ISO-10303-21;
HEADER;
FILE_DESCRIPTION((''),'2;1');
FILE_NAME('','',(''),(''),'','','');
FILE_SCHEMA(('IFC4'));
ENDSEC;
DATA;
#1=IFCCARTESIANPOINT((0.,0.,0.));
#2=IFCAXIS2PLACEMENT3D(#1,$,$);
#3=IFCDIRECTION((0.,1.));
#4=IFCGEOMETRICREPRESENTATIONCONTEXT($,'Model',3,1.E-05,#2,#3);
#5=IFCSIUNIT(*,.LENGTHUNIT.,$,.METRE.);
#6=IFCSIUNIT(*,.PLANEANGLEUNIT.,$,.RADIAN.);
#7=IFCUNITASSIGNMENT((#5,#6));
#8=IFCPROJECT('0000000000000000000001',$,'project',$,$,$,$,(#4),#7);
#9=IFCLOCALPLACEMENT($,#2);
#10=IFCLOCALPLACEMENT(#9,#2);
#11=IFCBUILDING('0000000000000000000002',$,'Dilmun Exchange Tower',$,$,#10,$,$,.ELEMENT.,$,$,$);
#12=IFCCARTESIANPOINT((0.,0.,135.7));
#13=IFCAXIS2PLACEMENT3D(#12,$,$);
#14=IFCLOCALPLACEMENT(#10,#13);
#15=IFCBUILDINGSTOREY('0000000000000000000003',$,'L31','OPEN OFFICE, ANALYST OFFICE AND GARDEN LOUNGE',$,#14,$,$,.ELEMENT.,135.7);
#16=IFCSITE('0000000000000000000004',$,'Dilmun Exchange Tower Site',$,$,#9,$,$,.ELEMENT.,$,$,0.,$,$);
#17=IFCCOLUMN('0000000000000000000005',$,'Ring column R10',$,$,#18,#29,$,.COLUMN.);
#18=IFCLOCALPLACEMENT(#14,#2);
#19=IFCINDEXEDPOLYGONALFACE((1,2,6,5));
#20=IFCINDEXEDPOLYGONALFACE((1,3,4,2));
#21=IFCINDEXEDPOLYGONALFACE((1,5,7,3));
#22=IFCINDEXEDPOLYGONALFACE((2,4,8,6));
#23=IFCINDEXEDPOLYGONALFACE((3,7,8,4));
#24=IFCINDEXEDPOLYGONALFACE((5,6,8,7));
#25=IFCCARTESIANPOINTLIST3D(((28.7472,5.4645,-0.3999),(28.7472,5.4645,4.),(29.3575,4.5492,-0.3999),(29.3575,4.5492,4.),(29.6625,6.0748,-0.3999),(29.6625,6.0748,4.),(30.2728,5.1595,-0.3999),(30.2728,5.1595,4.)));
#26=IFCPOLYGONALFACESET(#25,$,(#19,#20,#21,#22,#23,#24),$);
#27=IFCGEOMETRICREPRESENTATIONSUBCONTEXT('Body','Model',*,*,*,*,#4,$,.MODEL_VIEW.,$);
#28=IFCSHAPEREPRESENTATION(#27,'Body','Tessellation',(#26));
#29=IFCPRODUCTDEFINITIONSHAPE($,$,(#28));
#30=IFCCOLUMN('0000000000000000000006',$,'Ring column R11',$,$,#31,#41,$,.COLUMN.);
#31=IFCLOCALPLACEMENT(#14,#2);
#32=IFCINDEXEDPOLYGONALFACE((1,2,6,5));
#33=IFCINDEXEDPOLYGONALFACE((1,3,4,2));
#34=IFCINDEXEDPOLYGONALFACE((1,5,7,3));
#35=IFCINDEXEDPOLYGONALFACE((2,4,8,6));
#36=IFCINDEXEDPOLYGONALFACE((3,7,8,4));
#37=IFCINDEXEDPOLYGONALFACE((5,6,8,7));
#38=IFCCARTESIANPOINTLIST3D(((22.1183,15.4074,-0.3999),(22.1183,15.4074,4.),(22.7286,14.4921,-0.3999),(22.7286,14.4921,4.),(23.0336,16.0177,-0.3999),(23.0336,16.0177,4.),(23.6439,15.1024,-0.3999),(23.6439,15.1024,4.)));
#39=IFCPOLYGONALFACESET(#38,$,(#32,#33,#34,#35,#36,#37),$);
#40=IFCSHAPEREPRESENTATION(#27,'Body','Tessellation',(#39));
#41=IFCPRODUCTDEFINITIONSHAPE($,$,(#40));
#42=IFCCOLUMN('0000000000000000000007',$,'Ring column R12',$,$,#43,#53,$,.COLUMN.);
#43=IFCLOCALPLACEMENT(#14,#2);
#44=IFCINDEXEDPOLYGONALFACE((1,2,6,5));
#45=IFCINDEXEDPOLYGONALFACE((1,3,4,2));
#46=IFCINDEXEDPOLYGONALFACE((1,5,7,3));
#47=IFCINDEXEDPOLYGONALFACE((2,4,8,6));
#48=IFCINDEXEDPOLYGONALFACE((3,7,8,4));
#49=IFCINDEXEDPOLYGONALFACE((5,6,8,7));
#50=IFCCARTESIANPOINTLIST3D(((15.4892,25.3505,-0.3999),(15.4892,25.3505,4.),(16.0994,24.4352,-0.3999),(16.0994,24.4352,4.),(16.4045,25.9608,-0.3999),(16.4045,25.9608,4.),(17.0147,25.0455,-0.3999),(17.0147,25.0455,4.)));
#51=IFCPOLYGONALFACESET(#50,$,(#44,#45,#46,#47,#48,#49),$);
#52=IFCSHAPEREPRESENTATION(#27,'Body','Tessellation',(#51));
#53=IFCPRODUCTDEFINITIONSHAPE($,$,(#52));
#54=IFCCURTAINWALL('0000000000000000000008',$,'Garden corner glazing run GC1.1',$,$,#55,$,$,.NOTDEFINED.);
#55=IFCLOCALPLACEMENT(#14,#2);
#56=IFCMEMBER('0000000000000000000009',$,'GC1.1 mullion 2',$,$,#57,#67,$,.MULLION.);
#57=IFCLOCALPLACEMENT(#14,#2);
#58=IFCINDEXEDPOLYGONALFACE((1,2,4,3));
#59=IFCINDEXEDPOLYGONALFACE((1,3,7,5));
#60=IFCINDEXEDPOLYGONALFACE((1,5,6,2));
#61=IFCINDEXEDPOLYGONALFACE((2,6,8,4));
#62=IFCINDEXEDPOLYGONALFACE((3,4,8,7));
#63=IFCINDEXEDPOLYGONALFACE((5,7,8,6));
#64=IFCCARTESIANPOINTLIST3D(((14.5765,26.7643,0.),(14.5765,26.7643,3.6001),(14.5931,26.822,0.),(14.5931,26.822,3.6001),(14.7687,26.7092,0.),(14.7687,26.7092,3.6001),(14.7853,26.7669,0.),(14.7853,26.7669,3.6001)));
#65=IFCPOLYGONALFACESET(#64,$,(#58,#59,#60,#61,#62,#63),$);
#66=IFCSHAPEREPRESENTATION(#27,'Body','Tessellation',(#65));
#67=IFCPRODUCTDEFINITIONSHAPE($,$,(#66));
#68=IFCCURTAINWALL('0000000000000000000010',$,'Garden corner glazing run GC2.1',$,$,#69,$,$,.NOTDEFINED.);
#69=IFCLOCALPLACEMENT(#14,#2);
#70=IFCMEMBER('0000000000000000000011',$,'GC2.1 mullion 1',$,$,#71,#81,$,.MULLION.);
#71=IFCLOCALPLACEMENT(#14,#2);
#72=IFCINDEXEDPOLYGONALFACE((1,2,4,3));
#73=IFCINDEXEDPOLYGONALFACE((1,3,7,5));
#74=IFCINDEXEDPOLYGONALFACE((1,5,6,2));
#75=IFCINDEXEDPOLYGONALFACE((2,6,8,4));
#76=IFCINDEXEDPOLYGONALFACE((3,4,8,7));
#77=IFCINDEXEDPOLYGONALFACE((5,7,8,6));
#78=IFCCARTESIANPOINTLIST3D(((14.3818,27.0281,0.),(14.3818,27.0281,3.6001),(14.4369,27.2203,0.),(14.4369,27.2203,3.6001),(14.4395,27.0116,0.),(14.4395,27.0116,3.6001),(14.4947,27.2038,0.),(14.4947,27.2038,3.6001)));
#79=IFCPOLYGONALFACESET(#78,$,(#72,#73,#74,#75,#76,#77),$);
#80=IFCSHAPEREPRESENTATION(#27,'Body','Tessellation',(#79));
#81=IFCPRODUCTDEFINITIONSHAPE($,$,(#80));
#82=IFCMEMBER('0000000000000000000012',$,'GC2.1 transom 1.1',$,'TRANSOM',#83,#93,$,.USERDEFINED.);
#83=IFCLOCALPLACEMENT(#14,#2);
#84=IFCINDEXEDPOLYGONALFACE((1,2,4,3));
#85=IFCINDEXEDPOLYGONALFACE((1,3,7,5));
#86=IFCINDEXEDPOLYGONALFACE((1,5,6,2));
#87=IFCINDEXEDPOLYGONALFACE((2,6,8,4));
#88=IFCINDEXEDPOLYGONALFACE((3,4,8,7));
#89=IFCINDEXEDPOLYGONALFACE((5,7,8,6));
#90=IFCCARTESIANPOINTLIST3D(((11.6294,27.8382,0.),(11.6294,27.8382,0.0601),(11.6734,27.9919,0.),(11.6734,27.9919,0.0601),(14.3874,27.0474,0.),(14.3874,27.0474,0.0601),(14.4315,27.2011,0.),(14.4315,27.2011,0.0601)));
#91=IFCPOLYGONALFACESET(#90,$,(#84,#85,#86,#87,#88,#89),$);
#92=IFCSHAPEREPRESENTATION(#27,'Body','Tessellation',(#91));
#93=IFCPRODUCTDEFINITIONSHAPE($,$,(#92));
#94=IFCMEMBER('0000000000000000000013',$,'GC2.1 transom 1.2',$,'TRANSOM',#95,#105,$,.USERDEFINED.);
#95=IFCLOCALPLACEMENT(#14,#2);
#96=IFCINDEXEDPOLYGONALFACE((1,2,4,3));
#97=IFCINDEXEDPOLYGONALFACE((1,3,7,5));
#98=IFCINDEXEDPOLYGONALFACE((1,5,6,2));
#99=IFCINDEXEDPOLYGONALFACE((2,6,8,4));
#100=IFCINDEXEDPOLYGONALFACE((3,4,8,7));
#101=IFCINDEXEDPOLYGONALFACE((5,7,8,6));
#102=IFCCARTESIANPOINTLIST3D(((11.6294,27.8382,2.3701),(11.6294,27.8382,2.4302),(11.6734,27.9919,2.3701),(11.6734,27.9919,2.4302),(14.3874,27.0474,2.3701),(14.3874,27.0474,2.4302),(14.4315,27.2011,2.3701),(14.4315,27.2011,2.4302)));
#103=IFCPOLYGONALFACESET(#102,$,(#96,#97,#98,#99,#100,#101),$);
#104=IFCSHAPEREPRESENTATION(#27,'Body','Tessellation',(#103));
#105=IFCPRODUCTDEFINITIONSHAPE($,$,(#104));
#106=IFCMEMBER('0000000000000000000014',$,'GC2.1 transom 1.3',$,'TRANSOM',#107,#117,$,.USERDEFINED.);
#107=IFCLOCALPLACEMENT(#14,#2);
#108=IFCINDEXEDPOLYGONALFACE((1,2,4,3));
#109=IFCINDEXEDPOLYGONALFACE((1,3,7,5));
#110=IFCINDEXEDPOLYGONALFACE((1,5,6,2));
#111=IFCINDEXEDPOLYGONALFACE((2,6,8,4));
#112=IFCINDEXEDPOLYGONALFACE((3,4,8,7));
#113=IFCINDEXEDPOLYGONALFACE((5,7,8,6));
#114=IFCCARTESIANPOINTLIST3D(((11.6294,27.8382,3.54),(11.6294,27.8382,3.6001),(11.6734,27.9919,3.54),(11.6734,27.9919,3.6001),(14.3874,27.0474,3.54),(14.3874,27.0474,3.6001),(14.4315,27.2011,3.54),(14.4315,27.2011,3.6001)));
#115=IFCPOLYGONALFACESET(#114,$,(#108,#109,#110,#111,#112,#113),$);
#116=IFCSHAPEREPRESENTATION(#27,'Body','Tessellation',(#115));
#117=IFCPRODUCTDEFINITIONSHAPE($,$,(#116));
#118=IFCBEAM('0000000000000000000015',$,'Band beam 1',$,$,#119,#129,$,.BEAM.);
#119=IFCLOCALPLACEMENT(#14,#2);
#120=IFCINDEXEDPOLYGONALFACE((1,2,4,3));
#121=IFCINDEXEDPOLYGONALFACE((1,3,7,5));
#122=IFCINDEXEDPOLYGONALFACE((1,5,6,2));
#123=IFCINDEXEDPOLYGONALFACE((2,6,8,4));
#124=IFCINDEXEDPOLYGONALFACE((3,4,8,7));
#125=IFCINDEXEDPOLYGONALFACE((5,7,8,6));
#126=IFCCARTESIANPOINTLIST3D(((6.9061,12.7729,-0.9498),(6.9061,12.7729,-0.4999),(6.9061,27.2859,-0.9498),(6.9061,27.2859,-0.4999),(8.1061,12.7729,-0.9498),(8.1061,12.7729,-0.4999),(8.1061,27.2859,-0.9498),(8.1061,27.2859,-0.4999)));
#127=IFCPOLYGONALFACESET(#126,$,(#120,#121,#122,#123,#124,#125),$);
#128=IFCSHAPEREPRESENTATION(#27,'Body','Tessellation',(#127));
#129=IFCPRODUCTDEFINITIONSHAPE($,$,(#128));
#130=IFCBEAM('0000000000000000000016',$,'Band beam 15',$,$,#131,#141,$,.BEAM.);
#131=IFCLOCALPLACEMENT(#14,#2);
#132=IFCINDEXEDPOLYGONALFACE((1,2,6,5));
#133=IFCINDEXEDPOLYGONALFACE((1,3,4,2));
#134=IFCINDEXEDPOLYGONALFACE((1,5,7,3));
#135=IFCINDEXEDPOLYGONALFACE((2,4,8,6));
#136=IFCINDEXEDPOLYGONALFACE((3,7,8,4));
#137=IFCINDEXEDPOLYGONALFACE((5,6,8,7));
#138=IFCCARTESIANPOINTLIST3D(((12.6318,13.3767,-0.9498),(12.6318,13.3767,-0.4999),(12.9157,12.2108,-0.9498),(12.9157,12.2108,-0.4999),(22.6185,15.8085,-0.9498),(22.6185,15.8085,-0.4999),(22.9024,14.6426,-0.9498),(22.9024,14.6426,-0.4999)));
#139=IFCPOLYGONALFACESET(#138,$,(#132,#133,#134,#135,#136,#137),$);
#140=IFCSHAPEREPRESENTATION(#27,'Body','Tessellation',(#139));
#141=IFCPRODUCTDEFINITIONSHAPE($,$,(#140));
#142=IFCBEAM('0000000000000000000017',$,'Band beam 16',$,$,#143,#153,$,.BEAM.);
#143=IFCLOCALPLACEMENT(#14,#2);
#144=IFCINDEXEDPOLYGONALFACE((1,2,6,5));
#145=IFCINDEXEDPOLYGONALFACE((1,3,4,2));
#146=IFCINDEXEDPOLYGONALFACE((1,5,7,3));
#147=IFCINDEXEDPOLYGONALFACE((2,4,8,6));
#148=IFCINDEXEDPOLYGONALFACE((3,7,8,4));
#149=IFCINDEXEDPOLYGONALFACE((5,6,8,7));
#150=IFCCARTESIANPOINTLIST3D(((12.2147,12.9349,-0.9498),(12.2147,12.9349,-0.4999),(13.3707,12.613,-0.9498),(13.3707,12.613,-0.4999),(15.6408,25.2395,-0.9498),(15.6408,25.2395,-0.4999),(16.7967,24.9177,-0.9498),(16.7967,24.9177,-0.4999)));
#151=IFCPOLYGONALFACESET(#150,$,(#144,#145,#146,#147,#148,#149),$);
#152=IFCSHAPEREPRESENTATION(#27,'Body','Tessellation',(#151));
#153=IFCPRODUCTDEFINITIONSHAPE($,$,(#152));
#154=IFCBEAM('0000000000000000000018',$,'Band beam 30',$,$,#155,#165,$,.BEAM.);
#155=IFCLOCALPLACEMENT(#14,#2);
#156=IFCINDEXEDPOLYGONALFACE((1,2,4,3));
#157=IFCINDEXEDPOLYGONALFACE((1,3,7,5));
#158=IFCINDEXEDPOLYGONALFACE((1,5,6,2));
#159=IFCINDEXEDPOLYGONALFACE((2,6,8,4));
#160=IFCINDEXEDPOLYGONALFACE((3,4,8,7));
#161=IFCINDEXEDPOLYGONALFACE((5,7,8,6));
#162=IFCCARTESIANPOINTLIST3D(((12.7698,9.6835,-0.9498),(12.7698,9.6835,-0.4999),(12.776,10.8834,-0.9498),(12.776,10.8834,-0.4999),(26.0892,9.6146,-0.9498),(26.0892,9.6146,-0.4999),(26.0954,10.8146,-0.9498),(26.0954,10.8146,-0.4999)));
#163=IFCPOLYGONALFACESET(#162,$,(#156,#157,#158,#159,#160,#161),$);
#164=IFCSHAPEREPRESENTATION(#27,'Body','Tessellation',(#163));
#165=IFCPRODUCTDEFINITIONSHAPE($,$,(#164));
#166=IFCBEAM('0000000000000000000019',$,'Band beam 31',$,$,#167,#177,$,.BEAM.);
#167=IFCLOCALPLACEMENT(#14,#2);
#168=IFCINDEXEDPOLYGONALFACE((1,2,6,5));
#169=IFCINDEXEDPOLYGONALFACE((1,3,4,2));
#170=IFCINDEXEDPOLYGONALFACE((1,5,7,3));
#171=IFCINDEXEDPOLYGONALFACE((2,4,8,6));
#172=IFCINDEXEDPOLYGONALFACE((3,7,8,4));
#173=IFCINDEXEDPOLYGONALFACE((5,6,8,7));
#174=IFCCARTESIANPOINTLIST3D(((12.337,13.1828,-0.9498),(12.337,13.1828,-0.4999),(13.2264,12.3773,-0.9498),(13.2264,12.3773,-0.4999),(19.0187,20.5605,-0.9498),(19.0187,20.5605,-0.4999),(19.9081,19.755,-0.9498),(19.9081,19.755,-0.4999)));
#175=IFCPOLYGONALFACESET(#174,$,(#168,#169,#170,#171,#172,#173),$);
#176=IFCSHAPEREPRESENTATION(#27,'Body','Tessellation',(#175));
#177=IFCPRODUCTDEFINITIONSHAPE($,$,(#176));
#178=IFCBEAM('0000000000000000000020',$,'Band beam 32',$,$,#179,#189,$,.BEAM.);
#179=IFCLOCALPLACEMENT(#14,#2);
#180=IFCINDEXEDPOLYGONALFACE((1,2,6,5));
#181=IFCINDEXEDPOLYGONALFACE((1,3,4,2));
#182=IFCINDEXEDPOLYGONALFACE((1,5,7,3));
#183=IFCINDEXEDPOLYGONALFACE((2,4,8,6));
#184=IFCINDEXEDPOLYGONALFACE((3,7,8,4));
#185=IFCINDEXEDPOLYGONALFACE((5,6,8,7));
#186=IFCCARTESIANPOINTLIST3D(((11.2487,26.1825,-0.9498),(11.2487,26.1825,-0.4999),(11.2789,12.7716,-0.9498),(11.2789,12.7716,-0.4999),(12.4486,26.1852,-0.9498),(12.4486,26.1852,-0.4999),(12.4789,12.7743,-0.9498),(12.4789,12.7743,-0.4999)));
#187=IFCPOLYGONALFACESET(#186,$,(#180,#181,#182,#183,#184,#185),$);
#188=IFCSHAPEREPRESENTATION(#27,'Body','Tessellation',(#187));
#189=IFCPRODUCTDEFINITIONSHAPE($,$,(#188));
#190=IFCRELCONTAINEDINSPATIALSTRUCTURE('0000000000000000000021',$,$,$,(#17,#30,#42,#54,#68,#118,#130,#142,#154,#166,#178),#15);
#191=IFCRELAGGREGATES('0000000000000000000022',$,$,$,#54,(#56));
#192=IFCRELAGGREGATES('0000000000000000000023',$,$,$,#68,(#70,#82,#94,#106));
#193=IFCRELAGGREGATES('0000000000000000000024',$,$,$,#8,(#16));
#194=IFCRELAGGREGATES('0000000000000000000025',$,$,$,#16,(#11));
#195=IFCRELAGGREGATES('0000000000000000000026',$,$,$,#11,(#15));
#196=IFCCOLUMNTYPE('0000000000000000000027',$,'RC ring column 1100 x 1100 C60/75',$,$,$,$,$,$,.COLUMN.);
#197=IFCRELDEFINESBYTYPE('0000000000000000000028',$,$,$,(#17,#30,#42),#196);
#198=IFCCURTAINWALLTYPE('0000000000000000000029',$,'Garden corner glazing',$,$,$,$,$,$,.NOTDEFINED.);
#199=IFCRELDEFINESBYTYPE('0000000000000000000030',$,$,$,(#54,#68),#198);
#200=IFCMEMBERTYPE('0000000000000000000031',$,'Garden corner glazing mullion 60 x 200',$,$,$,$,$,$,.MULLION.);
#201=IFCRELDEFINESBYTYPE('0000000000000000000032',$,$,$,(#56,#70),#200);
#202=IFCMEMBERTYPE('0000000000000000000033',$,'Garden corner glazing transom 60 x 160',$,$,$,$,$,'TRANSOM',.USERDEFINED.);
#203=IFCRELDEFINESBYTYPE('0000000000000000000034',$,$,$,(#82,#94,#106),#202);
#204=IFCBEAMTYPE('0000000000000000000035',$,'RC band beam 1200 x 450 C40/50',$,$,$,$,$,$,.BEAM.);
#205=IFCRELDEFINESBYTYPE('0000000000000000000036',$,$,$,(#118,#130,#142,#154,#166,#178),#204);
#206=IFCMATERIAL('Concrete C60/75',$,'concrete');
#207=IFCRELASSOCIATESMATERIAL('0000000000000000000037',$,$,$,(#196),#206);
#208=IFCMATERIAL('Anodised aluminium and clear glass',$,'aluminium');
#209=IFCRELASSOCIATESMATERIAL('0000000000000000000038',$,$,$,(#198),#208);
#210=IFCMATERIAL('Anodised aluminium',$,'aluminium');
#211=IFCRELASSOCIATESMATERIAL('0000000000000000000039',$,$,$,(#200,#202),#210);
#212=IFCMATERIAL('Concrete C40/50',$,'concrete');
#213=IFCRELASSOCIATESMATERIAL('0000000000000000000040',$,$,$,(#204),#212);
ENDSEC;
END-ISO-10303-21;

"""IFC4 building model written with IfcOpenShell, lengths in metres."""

from ifc_helpers import new_model, si_unit, direction, frame, origin, origin_2d, place, context, subcontext, project, spatial, rectangle, extrude, material, material_profile, profile_set, type_object, element, aggregate, save


model = new_model("IFC4")

# Units and contexts
model_context = context("Model", 3, precision=1e-05, world=origin(), true_north=direction((0.0, 1.0)))
body_context = subcontext(model_context, "Body", "Model", "MODEL_VIEW")
ifc_project = project(units=[si_unit("LENGTHUNIT", "METRE"), si_unit("PLANEANGLEUNIT", "RADIAN")], contexts=[model_context])

# Site, building, storey
site_placement = place(None, origin())
site = spatial("IfcSite", under=ifc_project, at=site_placement, Name="Dilmun Exchange Tower Site", CompositionType="ELEMENT", RefElevation=0.0)
building_placement = place(site_placement, origin())
building = spatial("IfcBuilding", under=site, at=building_placement, Name="Dilmun Exchange Tower", CompositionType="ELEMENT")
storey_placement = place(building_placement, frame((0.0, 0.0, 135.7)))
storey = spatial("IfcBuildingStorey", under=building, at=storey_placement, Name="L31", Description="OPEN OFFICE, ANALYST OFFICE AND GARDEN LOUNGE", CompositionType="ELEMENT", Elevation=135.7)

# Columns
ifc_material_1 = material(Name="Concrete C60/75", Category="concrete")
ifc_material_profile_1 = material_profile(ifc_material_1, rectangle(XDim=1.1001, YDim=1.1001, at=origin_2d()), Name="1100 x 1100")
ifc_profile_set_1 = profile_set([ifc_material_profile_1], Name="Concrete C60/75")
column_type = type_object("IfcColumnType", Name="RC ring column 1100 x 1100 C60/75", PredefinedType="COLUMN", material=ifc_profile_set_1)
for number, where, z_axis, x_axis, name in (
    (1, (29.51, 5.312, -0.3999), (0.0, 0.0, 1.0), (0.832029, 0.554733, 0.0), "Ring column R10"),
    (2, (22.8811, 15.2549, -0.3999), (0.0, 0.0, 1.0), (0.832029, 0.554733, 0.0), "Ring column R11"),
    (3, (16.252, 25.198, -0.3999), (0.0, 0.0, 1.0), (0.832029, 0.554733, 0.0), "Ring column R12"),
):
    element("IfcColumn", number, at=place(storey_placement, frame(where, z_axis=z_axis, x_axis=x_axis)), inside=storey, type_object=column_type, Name=name, PredefinedType="COLUMN", context=body_context, shape_type="SweptSolid", body=[
        extrude(rectangle(XDim=1.1001, YDim=1.1001, at=origin_2d()), origin(), (0.0, 0.0, 1.0), 4.3999),
    ])

# Curtain wall, member
ifc_material_2 = material(Name="Anodised aluminium and clear glass", Category="aluminium")
curtain_wall_type = type_object("IfcCurtainWallType", Name="Garden corner glazing", PredefinedType="NOTDEFINED", material=ifc_material_2)
curtain_wall_1_placement = place(storey_placement, origin())
curtain_wall_1 = element("IfcCurtainWall", 4, at=curtain_wall_1_placement, inside=storey, type_object=curtain_wall_type, Name="Garden corner glazing run GC1.1", PredefinedType="NOTDEFINED")
ifc_material_3 = material(Name="Anodised aluminium", Category="aluminium")
ifc_material_profile_2 = material_profile(ifc_material_3, rectangle(XDim=0.2, YDim=0.0601, at=origin_2d()), Name="AL 60x200")
ifc_profile_set_2 = profile_set([ifc_material_profile_2], Name="Anodised aluminium")
member_type_1 = type_object("IfcMemberType", Name="Garden corner glazing mullion 60 x 200", PredefinedType="MULLION", material=ifc_profile_set_2)
member_1_placement = place(storey_placement, frame((14.6809, 26.7656, 0.0), z_axis=(0.0, 0.0, 1.0), x_axis=(0.961263, -0.275632, 0.0)))
member_1 = element("IfcMember", 5, at=member_1_placement, type_object=member_type_1, Name="GC1.1 mullion 2", PredefinedType="MULLION", context=body_context, shape_type="SweptSolid", body=[
    extrude(rectangle(XDim=0.2, YDim=0.0601, at=origin_2d()), origin(), (0.0, 0.0, 1.0), 3.6001),
])
aggregate(curtain_wall_1, [member_1])

# Curtain wall, members
curtain_wall_2_placement = place(storey_placement, origin())
curtain_wall_2 = element("IfcCurtainWall", 6, at=curtain_wall_2_placement, inside=storey, type_object=curtain_wall_type, Name="Garden corner glazing run GC2.1", PredefinedType="NOTDEFINED")
member_2_placement = place(storey_placement, frame((14.4382, 27.116, 0.0), z_axis=(0.0, 0.0, 1.0), x_axis=(-0.275667, -0.961253, 0.0)))
member_2 = element("IfcMember", 7, at=member_2_placement, type_object=member_type_1, Name="GC2.1 mullion 1", PredefinedType="MULLION", context=body_context, shape_type="SweptSolid", body=[
    extrude(rectangle(XDim=0.2, YDim=0.0601, at=origin_2d()), origin(), (0.0, 0.0, 1.0), 3.6001),
])
ifc_material_profile_3 = material_profile(ifc_material_3, rectangle(XDim=0.1599, YDim=0.0601, at=origin_2d()), Name="AL 60x160")
ifc_profile_set_3 = profile_set([ifc_material_profile_3], Name="Anodised aluminium")
member_type_2 = type_object("IfcMemberType", Name="Garden corner glazing transom 60 x 160", ElementType="TRANSOM", PredefinedType="USERDEFINED", material=ifc_profile_set_3)
member_3_placement = place(storey_placement, frame((14.4094, 27.1243, 0.03), z_axis=(-0.96127, 0.275609, 0.0), x_axis=(-0.275609, -0.96127, 0.0)))
member_3 = element("IfcMember", 8, at=member_3_placement, type_object=member_type_2, Name="GC2.1 transom 1.1", ObjectType="TRANSOM", PredefinedType="USERDEFINED", context=body_context, shape_type="SweptSolid", body=[
    extrude(rectangle(XDim=0.1599, YDim=0.0601, at=origin_2d()), origin(), (0.0, 0.0, 1.0), 2.8691),
])
member_4_placement = place(storey_placement, frame((14.4094, 27.1243, 2.4001), z_axis=(-0.96127, 0.275609, 0.0), x_axis=(-0.275609, -0.96127, 0.0)))
member_4 = element("IfcMember", 9, at=member_4_placement, type_object=member_type_2, Name="GC2.1 transom 1.2", ObjectType="TRANSOM", PredefinedType="USERDEFINED", context=body_context, shape_type="SweptSolid", body=[
    extrude(rectangle(XDim=0.1599, YDim=0.0601, at=origin_2d()), origin(), (0.0, 0.0, 1.0), 2.8691),
])
member_5_placement = place(storey_placement, frame((14.4094, 27.1243, 3.5701), z_axis=(-0.96127, 0.275609, 0.0), x_axis=(-0.275609, -0.96127, 0.0)))
member_5 = element("IfcMember", 10, at=member_5_placement, type_object=member_type_2, Name="GC2.1 transom 1.3", ObjectType="TRANSOM", PredefinedType="USERDEFINED", context=body_context, shape_type="SweptSolid", body=[
    extrude(rectangle(XDim=0.1599, YDim=0.0601, at=origin_2d()), origin(), (0.0, 0.0, 1.0), 2.8691),
])
aggregate(curtain_wall_2, [member_2, member_3, member_4, member_5])

# Beams
ifc_material_4 = material(Name="Concrete C40/50", Category="concrete")
ifc_material_profile_4 = material_profile(ifc_material_4, rectangle(XDim=1.2, YDim=0.45, at=origin_2d()), Name="1200 x 450")
ifc_profile_set_4 = profile_set([ifc_material_profile_4], Name="Concrete C40/50")
beam_type = type_object("IfcBeamType", Name="RC band beam 1200 x 450 C40/50", PredefinedType="BEAM", material=ifc_profile_set_4)
beam_1_placement = place(storey_placement, frame((7.5061, 27.2859, -0.7249), z_axis=(0.0, -1.0, 0.0), x_axis=(1.0, 0.0, 0.0)))
element("IfcBeam", 11, at=beam_1_placement, inside=storey, type_object=beam_type, Name="Band beam 1", PredefinedType="BEAM", context=body_context, shape_type="SweptSolid", body=[
    extrude(rectangle(XDim=1.2, YDim=0.45, at=origin_2d()), origin(), (0.0, 0.0, 1.0), 14.5129),
])
beam_2_placement = place(storey_placement, frame((22.7605, 15.2256, -0.7249), z_axis=(-0.971608, -0.236596, 0.0), x_axis=(0.236596, -0.971608, 0.0)))
element("IfcBeam", 12, at=beam_2_placement, inside=storey, type_object=beam_type, Name="Band beam 15", PredefinedType="BEAM", context=body_context, shape_type="SweptSolid", body=[
    extrude(rectangle(XDim=1.2, YDim=0.45, at=origin_2d()), origin(), (0.0, 0.0, 1.0), 10.2786),
])
beam_3_placement = place(storey_placement, frame((16.2188, 25.0786, -0.7249), z_axis=(-0.268229, -0.963355, 0.0), x_axis=(0.963355, -0.268229, 0.0)))
element("IfcBeam", 13, at=beam_3_placement, inside=storey, type_object=beam_type, Name="Band beam 16", PredefinedType="BEAM", context=body_context, shape_type="SweptSolid", body=[
    extrude(rectangle(XDim=1.2, YDim=0.45, at=origin_2d()), origin(), (0.0, 0.0, 1.0), 12.7727),
])
beam_4_placement = place(storey_placement, frame((26.0923, 10.2146, -0.7249), z_axis=(-0.999987, 0.005169, 0.0), x_axis=(-0.005169, -0.999987, 0.0)))
element("IfcBeam", 14, at=beam_4_placement, inside=storey, type_object=beam_type, Name="Band beam 30", PredefinedType="BEAM", context=body_context, shape_type="SweptSolid", body=[
    extrude(rectangle(XDim=1.2, YDim=0.45, at=origin_2d()), origin(), (0.0, 0.0, 1.0), 13.3196),
])
beam_5_placement = place(storey_placement, frame((19.4634, 20.1577, -0.7249), z_axis=(-0.671277, -0.741206, 0.0), x_axis=(0.741206, -0.671277, 0.0)))
element("IfcBeam", 15, at=beam_5_placement, inside=storey, type_object=beam_type, Name="Band beam 31", PredefinedType="BEAM", context=body_context, shape_type="SweptSolid", body=[
    extrude(rectangle(XDim=1.2, YDim=0.45, at=origin_2d()), origin(), (0.0, 0.0, 1.0), 9.9536),
])
beam_6_placement = place(storey_placement, frame((11.8486, 26.1838, -0.7249), z_axis=(0.002257, -0.999997, 0.0), x_axis=(0.999997, 0.002257, 0.0)))
element("IfcBeam", 16, at=beam_6_placement, inside=storey, type_object=beam_type, Name="Band beam 32", PredefinedType="BEAM", context=body_context, shape_type="SweptSolid", body=[
    extrude(rectangle(XDim=1.2, YDim=0.45, at=origin_2d()), origin(), (0.0, 0.0, 1.0), 13.4109),
])

save(model, "model.ifc")
